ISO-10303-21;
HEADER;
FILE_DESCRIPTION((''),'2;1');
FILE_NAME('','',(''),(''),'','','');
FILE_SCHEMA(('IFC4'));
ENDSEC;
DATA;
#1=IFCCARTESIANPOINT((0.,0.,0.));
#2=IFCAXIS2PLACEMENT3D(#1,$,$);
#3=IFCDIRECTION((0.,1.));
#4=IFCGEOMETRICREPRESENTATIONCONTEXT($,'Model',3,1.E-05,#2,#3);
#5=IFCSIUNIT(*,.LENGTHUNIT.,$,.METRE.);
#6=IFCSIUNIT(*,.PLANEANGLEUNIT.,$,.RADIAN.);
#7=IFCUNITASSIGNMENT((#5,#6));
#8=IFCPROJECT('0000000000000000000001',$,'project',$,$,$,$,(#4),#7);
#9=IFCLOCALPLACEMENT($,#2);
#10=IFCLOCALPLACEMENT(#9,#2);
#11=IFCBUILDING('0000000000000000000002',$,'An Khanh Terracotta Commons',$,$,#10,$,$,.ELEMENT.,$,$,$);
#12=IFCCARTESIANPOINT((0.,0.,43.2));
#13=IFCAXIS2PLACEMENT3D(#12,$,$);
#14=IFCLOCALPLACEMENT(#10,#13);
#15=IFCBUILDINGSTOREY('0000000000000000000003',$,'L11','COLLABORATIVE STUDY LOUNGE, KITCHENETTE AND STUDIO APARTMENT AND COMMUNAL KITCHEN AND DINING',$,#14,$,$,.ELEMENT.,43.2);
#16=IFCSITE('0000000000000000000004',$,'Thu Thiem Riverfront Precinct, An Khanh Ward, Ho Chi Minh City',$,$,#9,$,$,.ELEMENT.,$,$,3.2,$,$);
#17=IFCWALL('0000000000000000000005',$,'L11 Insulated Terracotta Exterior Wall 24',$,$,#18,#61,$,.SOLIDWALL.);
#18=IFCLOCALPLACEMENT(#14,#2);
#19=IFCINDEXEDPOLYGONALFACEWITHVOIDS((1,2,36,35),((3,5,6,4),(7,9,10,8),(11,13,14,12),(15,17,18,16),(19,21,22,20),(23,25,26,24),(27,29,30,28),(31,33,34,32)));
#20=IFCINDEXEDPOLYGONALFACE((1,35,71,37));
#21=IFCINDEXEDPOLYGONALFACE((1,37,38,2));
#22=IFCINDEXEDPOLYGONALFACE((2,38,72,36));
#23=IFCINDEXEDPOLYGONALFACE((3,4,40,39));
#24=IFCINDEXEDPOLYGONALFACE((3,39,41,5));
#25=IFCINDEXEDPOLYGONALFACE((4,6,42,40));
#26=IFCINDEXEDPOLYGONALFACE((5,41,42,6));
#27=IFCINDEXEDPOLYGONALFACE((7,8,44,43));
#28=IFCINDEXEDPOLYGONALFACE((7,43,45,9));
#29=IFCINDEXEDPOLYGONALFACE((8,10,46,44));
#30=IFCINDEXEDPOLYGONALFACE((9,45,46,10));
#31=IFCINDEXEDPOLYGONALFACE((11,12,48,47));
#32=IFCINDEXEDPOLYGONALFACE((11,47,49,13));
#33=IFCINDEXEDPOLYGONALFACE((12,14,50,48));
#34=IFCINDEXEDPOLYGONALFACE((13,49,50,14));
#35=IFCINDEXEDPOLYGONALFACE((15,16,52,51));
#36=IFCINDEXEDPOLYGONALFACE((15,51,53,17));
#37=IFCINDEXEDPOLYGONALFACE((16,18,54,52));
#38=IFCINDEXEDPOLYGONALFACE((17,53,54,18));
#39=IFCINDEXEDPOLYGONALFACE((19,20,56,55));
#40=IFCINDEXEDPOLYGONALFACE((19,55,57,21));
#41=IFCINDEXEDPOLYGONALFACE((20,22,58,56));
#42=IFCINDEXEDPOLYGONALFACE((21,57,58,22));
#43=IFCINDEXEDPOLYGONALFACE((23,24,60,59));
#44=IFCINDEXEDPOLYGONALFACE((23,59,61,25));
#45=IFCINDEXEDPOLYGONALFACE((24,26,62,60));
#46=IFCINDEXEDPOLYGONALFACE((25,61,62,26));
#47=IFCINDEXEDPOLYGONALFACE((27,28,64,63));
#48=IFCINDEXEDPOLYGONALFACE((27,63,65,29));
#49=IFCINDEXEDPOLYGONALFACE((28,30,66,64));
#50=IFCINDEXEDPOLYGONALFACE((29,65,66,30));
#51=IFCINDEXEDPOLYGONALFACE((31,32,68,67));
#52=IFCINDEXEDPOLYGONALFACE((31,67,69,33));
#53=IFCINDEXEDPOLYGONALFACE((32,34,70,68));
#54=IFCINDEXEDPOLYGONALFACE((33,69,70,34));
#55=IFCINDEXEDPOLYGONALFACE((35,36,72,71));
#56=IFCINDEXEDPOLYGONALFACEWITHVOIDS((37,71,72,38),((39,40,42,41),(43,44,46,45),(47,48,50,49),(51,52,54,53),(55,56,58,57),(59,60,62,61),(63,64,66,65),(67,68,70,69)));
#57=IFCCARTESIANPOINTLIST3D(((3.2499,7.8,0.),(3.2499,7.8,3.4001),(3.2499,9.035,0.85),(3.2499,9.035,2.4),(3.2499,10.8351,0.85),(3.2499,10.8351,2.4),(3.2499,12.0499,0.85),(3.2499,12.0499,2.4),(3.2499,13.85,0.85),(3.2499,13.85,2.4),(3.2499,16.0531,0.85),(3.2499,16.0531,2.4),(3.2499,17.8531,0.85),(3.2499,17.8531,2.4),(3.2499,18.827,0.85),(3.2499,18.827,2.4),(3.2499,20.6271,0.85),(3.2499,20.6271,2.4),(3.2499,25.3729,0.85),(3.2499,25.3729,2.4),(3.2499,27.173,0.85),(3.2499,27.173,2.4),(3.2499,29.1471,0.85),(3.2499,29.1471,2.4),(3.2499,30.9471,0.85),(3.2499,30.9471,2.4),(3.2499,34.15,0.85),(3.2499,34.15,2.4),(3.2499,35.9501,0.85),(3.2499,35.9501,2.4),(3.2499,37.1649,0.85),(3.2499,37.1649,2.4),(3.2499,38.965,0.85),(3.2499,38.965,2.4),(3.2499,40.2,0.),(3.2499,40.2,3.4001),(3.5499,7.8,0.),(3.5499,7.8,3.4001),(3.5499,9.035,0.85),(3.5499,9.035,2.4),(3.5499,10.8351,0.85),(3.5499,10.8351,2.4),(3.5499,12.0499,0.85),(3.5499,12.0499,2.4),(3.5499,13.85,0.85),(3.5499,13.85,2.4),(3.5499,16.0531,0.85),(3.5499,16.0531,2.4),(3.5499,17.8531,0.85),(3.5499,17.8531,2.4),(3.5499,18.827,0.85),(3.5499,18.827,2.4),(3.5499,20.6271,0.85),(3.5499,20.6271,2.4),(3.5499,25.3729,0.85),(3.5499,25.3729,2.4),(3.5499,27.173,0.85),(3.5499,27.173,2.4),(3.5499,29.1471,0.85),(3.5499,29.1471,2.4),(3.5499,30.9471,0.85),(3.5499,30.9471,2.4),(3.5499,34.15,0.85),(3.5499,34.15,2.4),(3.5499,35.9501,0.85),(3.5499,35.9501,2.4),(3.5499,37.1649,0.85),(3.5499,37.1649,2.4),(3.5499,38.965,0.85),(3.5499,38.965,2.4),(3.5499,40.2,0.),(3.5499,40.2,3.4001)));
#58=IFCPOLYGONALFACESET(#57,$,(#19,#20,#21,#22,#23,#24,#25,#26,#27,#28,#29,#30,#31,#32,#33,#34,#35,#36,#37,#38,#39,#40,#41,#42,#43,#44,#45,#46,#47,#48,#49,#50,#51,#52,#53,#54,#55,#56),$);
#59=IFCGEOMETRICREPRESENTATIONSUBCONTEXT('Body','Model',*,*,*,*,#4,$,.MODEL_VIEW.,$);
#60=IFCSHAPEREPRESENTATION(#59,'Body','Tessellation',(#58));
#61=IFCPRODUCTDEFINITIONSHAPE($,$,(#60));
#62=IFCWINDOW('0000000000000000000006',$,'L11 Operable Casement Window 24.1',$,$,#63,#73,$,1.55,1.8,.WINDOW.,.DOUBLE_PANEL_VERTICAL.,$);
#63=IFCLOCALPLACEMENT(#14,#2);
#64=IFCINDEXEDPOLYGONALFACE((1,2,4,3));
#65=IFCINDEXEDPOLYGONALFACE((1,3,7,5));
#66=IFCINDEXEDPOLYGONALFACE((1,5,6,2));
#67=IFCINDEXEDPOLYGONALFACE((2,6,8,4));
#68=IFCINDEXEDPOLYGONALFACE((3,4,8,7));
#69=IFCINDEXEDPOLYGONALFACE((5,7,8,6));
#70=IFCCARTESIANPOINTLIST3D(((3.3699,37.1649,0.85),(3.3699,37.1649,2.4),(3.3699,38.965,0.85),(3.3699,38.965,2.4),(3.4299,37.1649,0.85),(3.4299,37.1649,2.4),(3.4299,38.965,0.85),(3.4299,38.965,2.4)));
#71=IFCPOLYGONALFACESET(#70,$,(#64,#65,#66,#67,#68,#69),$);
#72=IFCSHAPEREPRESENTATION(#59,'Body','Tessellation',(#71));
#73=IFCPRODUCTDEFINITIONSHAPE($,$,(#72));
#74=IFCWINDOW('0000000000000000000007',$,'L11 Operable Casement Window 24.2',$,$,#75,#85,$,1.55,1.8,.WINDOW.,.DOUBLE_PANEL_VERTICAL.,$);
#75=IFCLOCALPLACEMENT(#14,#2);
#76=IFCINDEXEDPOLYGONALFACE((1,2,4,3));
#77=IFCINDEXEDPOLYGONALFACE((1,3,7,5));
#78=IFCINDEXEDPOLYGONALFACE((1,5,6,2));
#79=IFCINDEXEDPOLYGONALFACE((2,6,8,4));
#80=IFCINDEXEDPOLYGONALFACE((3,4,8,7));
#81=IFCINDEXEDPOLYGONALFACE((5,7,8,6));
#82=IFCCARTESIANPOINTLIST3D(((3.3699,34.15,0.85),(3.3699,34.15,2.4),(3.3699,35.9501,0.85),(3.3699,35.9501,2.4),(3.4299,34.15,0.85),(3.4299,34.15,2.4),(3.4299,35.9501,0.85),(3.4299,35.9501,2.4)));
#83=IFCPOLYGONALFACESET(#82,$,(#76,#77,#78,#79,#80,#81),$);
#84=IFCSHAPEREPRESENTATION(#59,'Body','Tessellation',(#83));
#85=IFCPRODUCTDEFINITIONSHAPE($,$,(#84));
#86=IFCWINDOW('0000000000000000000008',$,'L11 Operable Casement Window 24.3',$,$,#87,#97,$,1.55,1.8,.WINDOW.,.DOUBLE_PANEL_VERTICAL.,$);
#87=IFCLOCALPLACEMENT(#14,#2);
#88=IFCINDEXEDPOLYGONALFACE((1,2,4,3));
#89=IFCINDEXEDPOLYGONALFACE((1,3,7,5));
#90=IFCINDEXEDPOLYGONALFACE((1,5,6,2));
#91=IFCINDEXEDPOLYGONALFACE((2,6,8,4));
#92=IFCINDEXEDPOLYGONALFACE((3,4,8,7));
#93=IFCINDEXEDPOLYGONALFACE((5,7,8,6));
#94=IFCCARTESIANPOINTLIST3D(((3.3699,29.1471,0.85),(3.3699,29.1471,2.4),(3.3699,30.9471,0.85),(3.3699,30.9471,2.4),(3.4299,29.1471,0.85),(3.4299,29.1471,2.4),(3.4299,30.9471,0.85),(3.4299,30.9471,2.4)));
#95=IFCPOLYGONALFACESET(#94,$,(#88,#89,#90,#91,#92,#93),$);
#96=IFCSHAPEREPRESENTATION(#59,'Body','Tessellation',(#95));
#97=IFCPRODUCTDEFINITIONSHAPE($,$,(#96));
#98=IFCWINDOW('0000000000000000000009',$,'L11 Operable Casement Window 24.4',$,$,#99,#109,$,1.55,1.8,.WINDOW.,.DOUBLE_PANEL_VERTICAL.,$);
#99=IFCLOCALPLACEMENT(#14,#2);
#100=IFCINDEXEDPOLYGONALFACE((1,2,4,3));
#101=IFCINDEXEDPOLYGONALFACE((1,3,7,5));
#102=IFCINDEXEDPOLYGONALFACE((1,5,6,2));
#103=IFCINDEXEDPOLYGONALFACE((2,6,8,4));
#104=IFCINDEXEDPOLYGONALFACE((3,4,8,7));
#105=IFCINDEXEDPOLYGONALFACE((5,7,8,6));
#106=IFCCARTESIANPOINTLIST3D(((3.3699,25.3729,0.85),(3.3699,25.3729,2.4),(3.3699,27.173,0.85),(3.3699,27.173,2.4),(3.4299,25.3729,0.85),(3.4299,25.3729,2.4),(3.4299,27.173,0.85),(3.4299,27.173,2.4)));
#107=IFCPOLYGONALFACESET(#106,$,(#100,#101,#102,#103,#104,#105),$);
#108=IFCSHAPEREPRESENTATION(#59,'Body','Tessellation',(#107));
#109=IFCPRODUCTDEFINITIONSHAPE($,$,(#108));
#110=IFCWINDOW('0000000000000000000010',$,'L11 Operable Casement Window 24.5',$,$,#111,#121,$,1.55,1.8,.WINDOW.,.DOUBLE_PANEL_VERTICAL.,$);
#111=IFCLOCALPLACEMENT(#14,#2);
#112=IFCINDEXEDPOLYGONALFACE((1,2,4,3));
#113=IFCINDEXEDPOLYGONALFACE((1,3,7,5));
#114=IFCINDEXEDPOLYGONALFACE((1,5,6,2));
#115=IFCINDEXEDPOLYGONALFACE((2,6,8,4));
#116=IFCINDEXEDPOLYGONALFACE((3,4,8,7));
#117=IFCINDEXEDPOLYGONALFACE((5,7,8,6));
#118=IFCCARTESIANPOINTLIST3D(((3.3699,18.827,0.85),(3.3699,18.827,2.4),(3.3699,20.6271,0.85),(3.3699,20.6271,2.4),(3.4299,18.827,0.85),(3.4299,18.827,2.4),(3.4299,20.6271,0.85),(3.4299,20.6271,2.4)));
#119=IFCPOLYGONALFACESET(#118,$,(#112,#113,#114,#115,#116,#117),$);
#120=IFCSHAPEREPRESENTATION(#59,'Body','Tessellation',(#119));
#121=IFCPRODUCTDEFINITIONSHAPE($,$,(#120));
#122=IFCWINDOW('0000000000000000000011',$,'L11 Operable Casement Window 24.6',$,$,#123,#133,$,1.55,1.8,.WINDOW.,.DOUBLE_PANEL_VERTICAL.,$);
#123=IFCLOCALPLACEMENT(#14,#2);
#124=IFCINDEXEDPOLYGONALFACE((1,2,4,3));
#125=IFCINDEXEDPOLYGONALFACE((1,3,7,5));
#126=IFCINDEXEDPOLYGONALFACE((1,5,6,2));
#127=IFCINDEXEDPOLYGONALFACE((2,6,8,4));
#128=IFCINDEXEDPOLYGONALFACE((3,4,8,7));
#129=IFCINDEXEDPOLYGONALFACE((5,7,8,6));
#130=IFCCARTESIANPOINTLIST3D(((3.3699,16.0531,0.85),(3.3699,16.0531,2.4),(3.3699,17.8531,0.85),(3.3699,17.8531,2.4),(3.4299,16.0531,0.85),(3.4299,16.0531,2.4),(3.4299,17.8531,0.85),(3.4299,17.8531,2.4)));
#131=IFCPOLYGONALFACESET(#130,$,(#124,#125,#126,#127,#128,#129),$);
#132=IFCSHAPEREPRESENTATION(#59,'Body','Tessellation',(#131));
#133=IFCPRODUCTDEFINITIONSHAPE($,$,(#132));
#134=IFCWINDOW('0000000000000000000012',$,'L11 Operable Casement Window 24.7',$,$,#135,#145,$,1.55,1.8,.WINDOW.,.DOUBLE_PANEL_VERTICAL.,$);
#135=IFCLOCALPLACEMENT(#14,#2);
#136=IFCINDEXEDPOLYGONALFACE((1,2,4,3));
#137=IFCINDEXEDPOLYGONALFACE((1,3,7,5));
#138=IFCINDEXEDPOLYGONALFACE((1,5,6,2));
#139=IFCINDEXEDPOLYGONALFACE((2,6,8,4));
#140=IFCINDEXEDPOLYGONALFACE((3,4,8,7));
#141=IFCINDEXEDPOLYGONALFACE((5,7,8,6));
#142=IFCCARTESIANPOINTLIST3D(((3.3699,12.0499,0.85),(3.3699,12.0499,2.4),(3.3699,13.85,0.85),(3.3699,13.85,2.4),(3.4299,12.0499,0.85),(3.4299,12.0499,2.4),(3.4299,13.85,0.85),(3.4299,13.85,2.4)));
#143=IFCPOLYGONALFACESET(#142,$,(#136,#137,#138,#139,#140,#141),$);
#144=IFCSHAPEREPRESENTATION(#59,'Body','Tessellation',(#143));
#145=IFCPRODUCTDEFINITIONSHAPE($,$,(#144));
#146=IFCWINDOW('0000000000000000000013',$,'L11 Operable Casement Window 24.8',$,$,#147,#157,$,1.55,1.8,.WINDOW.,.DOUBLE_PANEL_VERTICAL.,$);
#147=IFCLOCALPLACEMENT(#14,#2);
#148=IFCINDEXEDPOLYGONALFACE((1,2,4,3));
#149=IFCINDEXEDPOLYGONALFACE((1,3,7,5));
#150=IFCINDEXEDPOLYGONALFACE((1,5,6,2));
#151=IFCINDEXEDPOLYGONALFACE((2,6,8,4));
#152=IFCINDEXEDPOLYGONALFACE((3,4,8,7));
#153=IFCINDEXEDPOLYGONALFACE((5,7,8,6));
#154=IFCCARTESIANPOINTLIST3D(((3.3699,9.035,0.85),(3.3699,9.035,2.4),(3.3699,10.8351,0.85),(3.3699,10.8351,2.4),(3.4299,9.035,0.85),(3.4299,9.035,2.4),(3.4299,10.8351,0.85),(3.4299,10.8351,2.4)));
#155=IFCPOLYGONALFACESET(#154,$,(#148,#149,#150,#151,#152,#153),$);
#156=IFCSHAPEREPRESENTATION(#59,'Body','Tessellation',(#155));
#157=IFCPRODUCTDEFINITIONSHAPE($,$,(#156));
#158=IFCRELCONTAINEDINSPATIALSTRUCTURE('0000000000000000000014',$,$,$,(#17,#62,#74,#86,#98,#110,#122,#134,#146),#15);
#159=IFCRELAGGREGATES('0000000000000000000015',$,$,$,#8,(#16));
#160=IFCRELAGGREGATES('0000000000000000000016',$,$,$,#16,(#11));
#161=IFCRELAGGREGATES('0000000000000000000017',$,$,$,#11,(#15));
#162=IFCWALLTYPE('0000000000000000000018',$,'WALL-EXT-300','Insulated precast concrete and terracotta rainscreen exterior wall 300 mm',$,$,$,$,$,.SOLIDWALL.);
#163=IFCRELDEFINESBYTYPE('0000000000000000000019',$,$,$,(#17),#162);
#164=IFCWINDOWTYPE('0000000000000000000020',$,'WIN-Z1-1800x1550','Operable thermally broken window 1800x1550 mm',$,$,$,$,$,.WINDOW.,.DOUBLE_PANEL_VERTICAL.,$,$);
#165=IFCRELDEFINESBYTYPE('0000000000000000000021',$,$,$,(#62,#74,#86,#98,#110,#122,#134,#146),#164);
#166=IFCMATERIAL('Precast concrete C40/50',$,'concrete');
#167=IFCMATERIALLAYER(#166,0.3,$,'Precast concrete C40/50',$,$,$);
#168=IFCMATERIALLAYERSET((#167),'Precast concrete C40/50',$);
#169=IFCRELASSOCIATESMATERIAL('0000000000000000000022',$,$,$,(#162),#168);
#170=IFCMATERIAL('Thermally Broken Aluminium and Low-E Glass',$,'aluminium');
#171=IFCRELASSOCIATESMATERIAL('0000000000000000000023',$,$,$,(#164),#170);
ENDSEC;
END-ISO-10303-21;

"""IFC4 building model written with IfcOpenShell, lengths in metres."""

from ifc_helpers import new_model, si_unit, direction, frame, frame_2d, origin, place, context, subcontext, project, spatial, rectangle, extrude, material, layer, layer_set, type_object, element, fill, save


model = new_model("IFC4")

# Units and contexts
model_context = context("Model", 3, precision=1e-05, world=origin(), true_north=direction((0.0, 1.0)))
body_context = subcontext(model_context, "Body", "Model", "MODEL_VIEW")
ifc_project = project(units=[si_unit("LENGTHUNIT", "METRE"), si_unit("PLANEANGLEUNIT", "RADIAN")], contexts=[model_context])

# Site, building, storey
site_placement = place(None, origin())
site = spatial("IfcSite", under=ifc_project, at=site_placement, Name="Thu Thiem Riverfront Precinct, An Khanh Ward, Ho Chi Minh City", CompositionType="ELEMENT", RefElevation=3.2)
building_placement = place(site_placement, origin())
building = spatial("IfcBuilding", under=site, at=building_placement, Name="An Khanh Terracotta Commons", CompositionType="ELEMENT")
storey_placement = place(building_placement, frame((0.0, 0.0, 43.2)))
storey = spatial("IfcBuildingStorey", under=building, at=storey_placement, Name="L11", Description="COLLABORATIVE STUDY LOUNGE, KITCHENETTE AND STUDIO APARTMENT AND COMMUNAL KITCHEN AND DINING", CompositionType="ELEMENT", Elevation=43.2)

# Shared definitions
ifc_material_1 = material(Name="Precast concrete C40/50", Category="concrete")
ifc_layer_1 = layer(ifc_material_1, 0.3, Name="Precast concrete C40/50")
ifc_layer_set_1 = layer_set([ifc_layer_1], Name="Precast concrete C40/50")
wall_type_1 = type_object("IfcWallType", Name="WALL-EXT-300", Description="Insulated precast concrete and terracotta rainscreen exterior wall 300 mm", PredefinedType="SOLIDWALL", material=ifc_layer_set_1)

# Wall, openings, windows
wall_1_placement = place(storey_placement, frame((3.3999, 40.2, 0.0), z_axis=(0.0, 0.0, 1.0), x_axis=(0.0, -1.0, 0.0)))
wall_1 = element("IfcWall", 1, at=wall_1_placement, inside=storey, type_object=wall_type_1, Name="L11 Insulated Terracotta Exterior Wall 24", PredefinedType="SOLIDWALL", context=body_context, shape_type="SweptSolid", body=[
    extrude(rectangle(XDim=32.3999, YDim=0.3, at=frame_2d((16.2, 0.0))), origin(), (0.0, 0.0, 1.0), 3.4001),
])
opening_1_placement = place(wall_1_placement, frame((1.2351, 0.0, 0.8501)))
opening_1 = element("IfcOpeningElement", 2, at=opening_1_placement, cuts=wall_1, PredefinedType="OPENING", context=body_context, shape_type="SweptSolid", body=[
    extrude(rectangle(XDim=1.8, YDim=1.55, at=frame_2d((0.8999, 0.7749))), frame((0.0, 0.1599, 0.0), z_axis=(0.0, -1.0, 0.0), x_axis=(1.0, 0.0, 0.0)), (0.0, 0.0, 1.0), 0.3201),
])
opening_2_placement = place(wall_1_placement, frame((4.25, 0.0, 0.8501)))
opening_2 = element("IfcOpeningElement", 3, at=opening_2_placement, cuts=wall_1, PredefinedType="OPENING", context=body_context, shape_type="SweptSolid", body=[
    extrude(rectangle(XDim=1.8, YDim=1.55, at=frame_2d((0.8999, 0.7749))), frame((0.0, 0.1599, 0.0), z_axis=(0.0, -1.0, 0.0), x_axis=(1.0, 0.0, 0.0)), (0.0, 0.0, 1.0), 0.3201),
])
opening_3_placement = place(wall_1_placement, frame((9.2529, 0.0, 0.8501)))
opening_3 = element("IfcOpeningElement", 4, at=opening_3_placement, cuts=wall_1, PredefinedType="OPENING", context=body_context, shape_type="SweptSolid", body=[
    extrude(rectangle(XDim=1.8, YDim=1.55, at=frame_2d((0.8999, 0.7749))), frame((0.0, 0.1599, 0.0), z_axis=(0.0, -1.0, 0.0), x_axis=(1.0, 0.0, 0.0)), (0.0, 0.0, 1.0), 0.3201),
])
opening_4_placement = place(wall_1_placement, frame((13.0271, 0.0, 0.8501)))
opening_4 = element("IfcOpeningElement", 5, at=opening_4_placement, cuts=wall_1, PredefinedType="OPENING", context=body_context, shape_type="SweptSolid", body=[
    extrude(rectangle(XDim=1.8, YDim=1.55, at=frame_2d((0.8999, 0.7749))), frame((0.0, 0.1599, 0.0), z_axis=(0.0, -1.0, 0.0), x_axis=(1.0, 0.0, 0.0)), (0.0, 0.0, 1.0), 0.3201),
])
opening_5_placement = place(wall_1_placement, frame((19.573, 0.0, 0.8501)))
opening_5 = element("IfcOpeningElement", 6, at=opening_5_placement, cuts=wall_1, PredefinedType="OPENING", context=body_context, shape_type="SweptSolid", body=[
    extrude(rectangle(XDim=1.8, YDim=1.55, at=frame_2d((0.8999, 0.7749))), frame((0.0, 0.1599, 0.0), z_axis=(0.0, -1.0, 0.0), x_axis=(1.0, 0.0, 0.0)), (0.0, 0.0, 1.0), 0.3201),
])
opening_6_placement = place(wall_1_placement, frame((22.3469, 0.0, 0.8501)))
opening_6 = element("IfcOpeningElement", 7, at=opening_6_placement, cuts=wall_1, PredefinedType="OPENING", context=body_context, shape_type="SweptSolid", body=[
    extrude(rectangle(XDim=1.8, YDim=1.55, at=frame_2d((0.8999, 0.7749))), frame((0.0, 0.1599, 0.0), z_axis=(0.0, -1.0, 0.0), x_axis=(1.0, 0.0, 0.0)), (0.0, 0.0, 1.0), 0.3201),
])
opening_7_placement = place(wall_1_placement, frame((26.3501, 0.0, 0.8501)))
opening_7 = element("IfcOpeningElement", 8, at=opening_7_placement, cuts=wall_1, PredefinedType="OPENING", context=body_context, shape_type="SweptSolid", body=[
    extrude(rectangle(XDim=1.8, YDim=1.55, at=frame_2d((0.8999, 0.7749))), frame((0.0, 0.1599, 0.0), z_axis=(0.0, -1.0, 0.0), x_axis=(1.0, 0.0, 0.0)), (0.0, 0.0, 1.0), 0.3201),
])
opening_8_placement = place(wall_1_placement, frame((29.365, 0.0, 0.8501)))
opening_8 = element("IfcOpeningElement", 9, at=opening_8_placement, cuts=wall_1, PredefinedType="OPENING", context=body_context, shape_type="SweptSolid", body=[
    extrude(rectangle(XDim=1.8, YDim=1.55, at=frame_2d((0.8999, 0.7749))), frame((0.0, 0.1599, 0.0), z_axis=(0.0, -1.0, 0.0), x_axis=(1.0, 0.0, 0.0)), (0.0, 0.0, 1.0), 0.3201),
])
ifc_material_2 = material(Name="Thermally Broken Aluminium and Low-E Glass", Category="aluminium")
window_type = type_object("IfcWindowType", Name="WIN-Z1-1800x1550", Description="Operable thermally broken window 1800x1550 mm", PartitioningType="DOUBLE_PANEL_VERTICAL", PredefinedType="WINDOW", material=ifc_material_2)
window_1_placement = place(opening_1_placement, origin())
window_1 = element("IfcWindow", 10, at=window_1_placement, inside=storey, type_object=window_type, Name="L11 Operable Casement Window 24.1", OverallHeight=1.55, OverallWidth=1.8, PartitioningType="DOUBLE_PANEL_VERTICAL", PredefinedType="WINDOW", context=body_context, shape_type="SweptSolid", body=[
    extrude(rectangle(XDim=1.8, YDim=1.55, at=frame_2d((0.8999, 0.7749))), frame((0.0, 0.03, 0.0), z_axis=(0.0, -1.0, 0.0), x_axis=(1.0, 0.0, 0.0)), (0.0, 0.0, 1.0), 0.0601),
])
fill(opening_1, window_1)
window_2_placement = place(opening_2_placement, origin())
window_2 = element("IfcWindow", 11, at=window_2_placement, inside=storey, type_object=window_type, Name="L11 Operable Casement Window 24.2", OverallHeight=1.55, OverallWidth=1.8, PartitioningType="DOUBLE_PANEL_VERTICAL", PredefinedType="WINDOW", context=body_context, shape_type="SweptSolid", body=[
    extrude(rectangle(XDim=1.8, YDim=1.55, at=frame_2d((0.8999, 0.7749))), frame((0.0, 0.03, 0.0), z_axis=(0.0, -1.0, 0.0), x_axis=(1.0, 0.0, 0.0)), (0.0, 0.0, 1.0), 0.0601),
])
fill(opening_2, window_2)
window_3_placement = place(opening_3_placement, origin())
window_3 = element("IfcWindow", 12, at=window_3_placement, inside=storey, type_object=window_type, Name="L11 Operable Casement Window 24.3", OverallHeight=1.55, OverallWidth=1.8, PartitioningType="DOUBLE_PANEL_VERTICAL", PredefinedType="WINDOW", context=body_context, shape_type="SweptSolid", body=[
    extrude(rectangle(XDim=1.8, YDim=1.55, at=frame_2d((0.8999, 0.7749))), frame((0.0, 0.03, 0.0), z_axis=(0.0, -1.0, 0.0), x_axis=(1.0, 0.0, 0.0)), (0.0, 0.0, 1.0), 0.0601),
])
fill(opening_3, window_3)
window_4_placement = place(opening_4_placement, origin())
window_4 = element("IfcWindow", 13, at=window_4_placement, inside=storey, type_object=window_type, Name="L11 Operable Casement Window 24.4", OverallHeight=1.55, OverallWidth=1.8, PartitioningType="DOUBLE_PANEL_VERTICAL", PredefinedType="WINDOW", context=body_context, shape_type="SweptSolid", body=[
    extrude(rectangle(XDim=1.8, YDim=1.55, at=frame_2d((0.8999, 0.7749))), frame((0.0, 0.03, 0.0), z_axis=(0.0, -1.0, 0.0), x_axis=(1.0, 0.0, 0.0)), (0.0, 0.0, 1.0), 0.0601),
])
fill(opening_4, window_4)
window_5_placement = place(opening_5_placement, origin())
window_5 = element("IfcWindow", 14, at=window_5_placement, inside=storey, type_object=window_type, Name="L11 Operable Casement Window 24.5", OverallHeight=1.55, OverallWidth=1.8, PartitioningType="DOUBLE_PANEL_VERTICAL", PredefinedType="WINDOW", context=body_context, shape_type="SweptSolid", body=[
    extrude(rectangle(XDim=1.8, YDim=1.55, at=frame_2d((0.8999, 0.7749))), frame((0.0, 0.03, 0.0), z_axis=(0.0, -1.0, 0.0), x_axis=(1.0, 0.0, 0.0)), (0.0, 0.0, 1.0), 0.0601),
])
fill(opening_5, window_5)
window_6_placement = place(opening_6_placement, origin())
window_6 = element("IfcWindow", 15, at=window_6_placement, inside=storey, type_object=window_type, Name="L11 Operable Casement Window 24.6", OverallHeight=1.55, OverallWidth=1.8, PartitioningType="DOUBLE_PANEL_VERTICAL", PredefinedType="WINDOW", context=body_context, shape_type="SweptSolid", body=[
    extrude(rectangle(XDim=1.8, YDim=1.55, at=frame_2d((0.8999, 0.7749))), frame((0.0, 0.03, 0.0), z_axis=(0.0, -1.0, 0.0), x_axis=(1.0, 0.0, 0.0)), (0.0, 0.0, 1.0), 0.0601),
])
fill(opening_6, window_6)
window_7_placement = place(opening_7_placement, origin())
window_7 = element("IfcWindow", 16, at=window_7_placement, inside=storey, type_object=window_type, Name="L11 Operable Casement Window 24.7", OverallHeight=1.55, OverallWidth=1.8, PartitioningType="DOUBLE_PANEL_VERTICAL", PredefinedType="WINDOW", context=body_context, shape_type="SweptSolid", body=[
    extrude(rectangle(XDim=1.8, YDim=1.55, at=frame_2d((0.8999, 0.7749))), frame((0.0, 0.03, 0.0), z_axis=(0.0, -1.0, 0.0), x_axis=(1.0, 0.0, 0.0)), (0.0, 0.0, 1.0), 0.0601),
])
fill(opening_7, window_7)
window_8_placement = place(opening_8_placement, origin())
window_8 = element("IfcWindow", 17, at=window_8_placement, inside=storey, type_object=window_type, Name="L11 Operable Casement Window 24.8", OverallHeight=1.55, OverallWidth=1.8, PartitioningType="DOUBLE_PANEL_VERTICAL", PredefinedType="WINDOW", context=body_context, shape_type="SweptSolid", body=[
    extrude(rectangle(XDim=1.8, YDim=1.55, at=frame_2d((0.8999, 0.7749))), frame((0.0, 0.03, 0.0), z_axis=(0.0, -1.0, 0.0), x_axis=(1.0, 0.0, 0.0)), (0.0, 0.0, 1.0), 0.0601),
])
fill(opening_8, window_8)

save(model, "model.ifc")
